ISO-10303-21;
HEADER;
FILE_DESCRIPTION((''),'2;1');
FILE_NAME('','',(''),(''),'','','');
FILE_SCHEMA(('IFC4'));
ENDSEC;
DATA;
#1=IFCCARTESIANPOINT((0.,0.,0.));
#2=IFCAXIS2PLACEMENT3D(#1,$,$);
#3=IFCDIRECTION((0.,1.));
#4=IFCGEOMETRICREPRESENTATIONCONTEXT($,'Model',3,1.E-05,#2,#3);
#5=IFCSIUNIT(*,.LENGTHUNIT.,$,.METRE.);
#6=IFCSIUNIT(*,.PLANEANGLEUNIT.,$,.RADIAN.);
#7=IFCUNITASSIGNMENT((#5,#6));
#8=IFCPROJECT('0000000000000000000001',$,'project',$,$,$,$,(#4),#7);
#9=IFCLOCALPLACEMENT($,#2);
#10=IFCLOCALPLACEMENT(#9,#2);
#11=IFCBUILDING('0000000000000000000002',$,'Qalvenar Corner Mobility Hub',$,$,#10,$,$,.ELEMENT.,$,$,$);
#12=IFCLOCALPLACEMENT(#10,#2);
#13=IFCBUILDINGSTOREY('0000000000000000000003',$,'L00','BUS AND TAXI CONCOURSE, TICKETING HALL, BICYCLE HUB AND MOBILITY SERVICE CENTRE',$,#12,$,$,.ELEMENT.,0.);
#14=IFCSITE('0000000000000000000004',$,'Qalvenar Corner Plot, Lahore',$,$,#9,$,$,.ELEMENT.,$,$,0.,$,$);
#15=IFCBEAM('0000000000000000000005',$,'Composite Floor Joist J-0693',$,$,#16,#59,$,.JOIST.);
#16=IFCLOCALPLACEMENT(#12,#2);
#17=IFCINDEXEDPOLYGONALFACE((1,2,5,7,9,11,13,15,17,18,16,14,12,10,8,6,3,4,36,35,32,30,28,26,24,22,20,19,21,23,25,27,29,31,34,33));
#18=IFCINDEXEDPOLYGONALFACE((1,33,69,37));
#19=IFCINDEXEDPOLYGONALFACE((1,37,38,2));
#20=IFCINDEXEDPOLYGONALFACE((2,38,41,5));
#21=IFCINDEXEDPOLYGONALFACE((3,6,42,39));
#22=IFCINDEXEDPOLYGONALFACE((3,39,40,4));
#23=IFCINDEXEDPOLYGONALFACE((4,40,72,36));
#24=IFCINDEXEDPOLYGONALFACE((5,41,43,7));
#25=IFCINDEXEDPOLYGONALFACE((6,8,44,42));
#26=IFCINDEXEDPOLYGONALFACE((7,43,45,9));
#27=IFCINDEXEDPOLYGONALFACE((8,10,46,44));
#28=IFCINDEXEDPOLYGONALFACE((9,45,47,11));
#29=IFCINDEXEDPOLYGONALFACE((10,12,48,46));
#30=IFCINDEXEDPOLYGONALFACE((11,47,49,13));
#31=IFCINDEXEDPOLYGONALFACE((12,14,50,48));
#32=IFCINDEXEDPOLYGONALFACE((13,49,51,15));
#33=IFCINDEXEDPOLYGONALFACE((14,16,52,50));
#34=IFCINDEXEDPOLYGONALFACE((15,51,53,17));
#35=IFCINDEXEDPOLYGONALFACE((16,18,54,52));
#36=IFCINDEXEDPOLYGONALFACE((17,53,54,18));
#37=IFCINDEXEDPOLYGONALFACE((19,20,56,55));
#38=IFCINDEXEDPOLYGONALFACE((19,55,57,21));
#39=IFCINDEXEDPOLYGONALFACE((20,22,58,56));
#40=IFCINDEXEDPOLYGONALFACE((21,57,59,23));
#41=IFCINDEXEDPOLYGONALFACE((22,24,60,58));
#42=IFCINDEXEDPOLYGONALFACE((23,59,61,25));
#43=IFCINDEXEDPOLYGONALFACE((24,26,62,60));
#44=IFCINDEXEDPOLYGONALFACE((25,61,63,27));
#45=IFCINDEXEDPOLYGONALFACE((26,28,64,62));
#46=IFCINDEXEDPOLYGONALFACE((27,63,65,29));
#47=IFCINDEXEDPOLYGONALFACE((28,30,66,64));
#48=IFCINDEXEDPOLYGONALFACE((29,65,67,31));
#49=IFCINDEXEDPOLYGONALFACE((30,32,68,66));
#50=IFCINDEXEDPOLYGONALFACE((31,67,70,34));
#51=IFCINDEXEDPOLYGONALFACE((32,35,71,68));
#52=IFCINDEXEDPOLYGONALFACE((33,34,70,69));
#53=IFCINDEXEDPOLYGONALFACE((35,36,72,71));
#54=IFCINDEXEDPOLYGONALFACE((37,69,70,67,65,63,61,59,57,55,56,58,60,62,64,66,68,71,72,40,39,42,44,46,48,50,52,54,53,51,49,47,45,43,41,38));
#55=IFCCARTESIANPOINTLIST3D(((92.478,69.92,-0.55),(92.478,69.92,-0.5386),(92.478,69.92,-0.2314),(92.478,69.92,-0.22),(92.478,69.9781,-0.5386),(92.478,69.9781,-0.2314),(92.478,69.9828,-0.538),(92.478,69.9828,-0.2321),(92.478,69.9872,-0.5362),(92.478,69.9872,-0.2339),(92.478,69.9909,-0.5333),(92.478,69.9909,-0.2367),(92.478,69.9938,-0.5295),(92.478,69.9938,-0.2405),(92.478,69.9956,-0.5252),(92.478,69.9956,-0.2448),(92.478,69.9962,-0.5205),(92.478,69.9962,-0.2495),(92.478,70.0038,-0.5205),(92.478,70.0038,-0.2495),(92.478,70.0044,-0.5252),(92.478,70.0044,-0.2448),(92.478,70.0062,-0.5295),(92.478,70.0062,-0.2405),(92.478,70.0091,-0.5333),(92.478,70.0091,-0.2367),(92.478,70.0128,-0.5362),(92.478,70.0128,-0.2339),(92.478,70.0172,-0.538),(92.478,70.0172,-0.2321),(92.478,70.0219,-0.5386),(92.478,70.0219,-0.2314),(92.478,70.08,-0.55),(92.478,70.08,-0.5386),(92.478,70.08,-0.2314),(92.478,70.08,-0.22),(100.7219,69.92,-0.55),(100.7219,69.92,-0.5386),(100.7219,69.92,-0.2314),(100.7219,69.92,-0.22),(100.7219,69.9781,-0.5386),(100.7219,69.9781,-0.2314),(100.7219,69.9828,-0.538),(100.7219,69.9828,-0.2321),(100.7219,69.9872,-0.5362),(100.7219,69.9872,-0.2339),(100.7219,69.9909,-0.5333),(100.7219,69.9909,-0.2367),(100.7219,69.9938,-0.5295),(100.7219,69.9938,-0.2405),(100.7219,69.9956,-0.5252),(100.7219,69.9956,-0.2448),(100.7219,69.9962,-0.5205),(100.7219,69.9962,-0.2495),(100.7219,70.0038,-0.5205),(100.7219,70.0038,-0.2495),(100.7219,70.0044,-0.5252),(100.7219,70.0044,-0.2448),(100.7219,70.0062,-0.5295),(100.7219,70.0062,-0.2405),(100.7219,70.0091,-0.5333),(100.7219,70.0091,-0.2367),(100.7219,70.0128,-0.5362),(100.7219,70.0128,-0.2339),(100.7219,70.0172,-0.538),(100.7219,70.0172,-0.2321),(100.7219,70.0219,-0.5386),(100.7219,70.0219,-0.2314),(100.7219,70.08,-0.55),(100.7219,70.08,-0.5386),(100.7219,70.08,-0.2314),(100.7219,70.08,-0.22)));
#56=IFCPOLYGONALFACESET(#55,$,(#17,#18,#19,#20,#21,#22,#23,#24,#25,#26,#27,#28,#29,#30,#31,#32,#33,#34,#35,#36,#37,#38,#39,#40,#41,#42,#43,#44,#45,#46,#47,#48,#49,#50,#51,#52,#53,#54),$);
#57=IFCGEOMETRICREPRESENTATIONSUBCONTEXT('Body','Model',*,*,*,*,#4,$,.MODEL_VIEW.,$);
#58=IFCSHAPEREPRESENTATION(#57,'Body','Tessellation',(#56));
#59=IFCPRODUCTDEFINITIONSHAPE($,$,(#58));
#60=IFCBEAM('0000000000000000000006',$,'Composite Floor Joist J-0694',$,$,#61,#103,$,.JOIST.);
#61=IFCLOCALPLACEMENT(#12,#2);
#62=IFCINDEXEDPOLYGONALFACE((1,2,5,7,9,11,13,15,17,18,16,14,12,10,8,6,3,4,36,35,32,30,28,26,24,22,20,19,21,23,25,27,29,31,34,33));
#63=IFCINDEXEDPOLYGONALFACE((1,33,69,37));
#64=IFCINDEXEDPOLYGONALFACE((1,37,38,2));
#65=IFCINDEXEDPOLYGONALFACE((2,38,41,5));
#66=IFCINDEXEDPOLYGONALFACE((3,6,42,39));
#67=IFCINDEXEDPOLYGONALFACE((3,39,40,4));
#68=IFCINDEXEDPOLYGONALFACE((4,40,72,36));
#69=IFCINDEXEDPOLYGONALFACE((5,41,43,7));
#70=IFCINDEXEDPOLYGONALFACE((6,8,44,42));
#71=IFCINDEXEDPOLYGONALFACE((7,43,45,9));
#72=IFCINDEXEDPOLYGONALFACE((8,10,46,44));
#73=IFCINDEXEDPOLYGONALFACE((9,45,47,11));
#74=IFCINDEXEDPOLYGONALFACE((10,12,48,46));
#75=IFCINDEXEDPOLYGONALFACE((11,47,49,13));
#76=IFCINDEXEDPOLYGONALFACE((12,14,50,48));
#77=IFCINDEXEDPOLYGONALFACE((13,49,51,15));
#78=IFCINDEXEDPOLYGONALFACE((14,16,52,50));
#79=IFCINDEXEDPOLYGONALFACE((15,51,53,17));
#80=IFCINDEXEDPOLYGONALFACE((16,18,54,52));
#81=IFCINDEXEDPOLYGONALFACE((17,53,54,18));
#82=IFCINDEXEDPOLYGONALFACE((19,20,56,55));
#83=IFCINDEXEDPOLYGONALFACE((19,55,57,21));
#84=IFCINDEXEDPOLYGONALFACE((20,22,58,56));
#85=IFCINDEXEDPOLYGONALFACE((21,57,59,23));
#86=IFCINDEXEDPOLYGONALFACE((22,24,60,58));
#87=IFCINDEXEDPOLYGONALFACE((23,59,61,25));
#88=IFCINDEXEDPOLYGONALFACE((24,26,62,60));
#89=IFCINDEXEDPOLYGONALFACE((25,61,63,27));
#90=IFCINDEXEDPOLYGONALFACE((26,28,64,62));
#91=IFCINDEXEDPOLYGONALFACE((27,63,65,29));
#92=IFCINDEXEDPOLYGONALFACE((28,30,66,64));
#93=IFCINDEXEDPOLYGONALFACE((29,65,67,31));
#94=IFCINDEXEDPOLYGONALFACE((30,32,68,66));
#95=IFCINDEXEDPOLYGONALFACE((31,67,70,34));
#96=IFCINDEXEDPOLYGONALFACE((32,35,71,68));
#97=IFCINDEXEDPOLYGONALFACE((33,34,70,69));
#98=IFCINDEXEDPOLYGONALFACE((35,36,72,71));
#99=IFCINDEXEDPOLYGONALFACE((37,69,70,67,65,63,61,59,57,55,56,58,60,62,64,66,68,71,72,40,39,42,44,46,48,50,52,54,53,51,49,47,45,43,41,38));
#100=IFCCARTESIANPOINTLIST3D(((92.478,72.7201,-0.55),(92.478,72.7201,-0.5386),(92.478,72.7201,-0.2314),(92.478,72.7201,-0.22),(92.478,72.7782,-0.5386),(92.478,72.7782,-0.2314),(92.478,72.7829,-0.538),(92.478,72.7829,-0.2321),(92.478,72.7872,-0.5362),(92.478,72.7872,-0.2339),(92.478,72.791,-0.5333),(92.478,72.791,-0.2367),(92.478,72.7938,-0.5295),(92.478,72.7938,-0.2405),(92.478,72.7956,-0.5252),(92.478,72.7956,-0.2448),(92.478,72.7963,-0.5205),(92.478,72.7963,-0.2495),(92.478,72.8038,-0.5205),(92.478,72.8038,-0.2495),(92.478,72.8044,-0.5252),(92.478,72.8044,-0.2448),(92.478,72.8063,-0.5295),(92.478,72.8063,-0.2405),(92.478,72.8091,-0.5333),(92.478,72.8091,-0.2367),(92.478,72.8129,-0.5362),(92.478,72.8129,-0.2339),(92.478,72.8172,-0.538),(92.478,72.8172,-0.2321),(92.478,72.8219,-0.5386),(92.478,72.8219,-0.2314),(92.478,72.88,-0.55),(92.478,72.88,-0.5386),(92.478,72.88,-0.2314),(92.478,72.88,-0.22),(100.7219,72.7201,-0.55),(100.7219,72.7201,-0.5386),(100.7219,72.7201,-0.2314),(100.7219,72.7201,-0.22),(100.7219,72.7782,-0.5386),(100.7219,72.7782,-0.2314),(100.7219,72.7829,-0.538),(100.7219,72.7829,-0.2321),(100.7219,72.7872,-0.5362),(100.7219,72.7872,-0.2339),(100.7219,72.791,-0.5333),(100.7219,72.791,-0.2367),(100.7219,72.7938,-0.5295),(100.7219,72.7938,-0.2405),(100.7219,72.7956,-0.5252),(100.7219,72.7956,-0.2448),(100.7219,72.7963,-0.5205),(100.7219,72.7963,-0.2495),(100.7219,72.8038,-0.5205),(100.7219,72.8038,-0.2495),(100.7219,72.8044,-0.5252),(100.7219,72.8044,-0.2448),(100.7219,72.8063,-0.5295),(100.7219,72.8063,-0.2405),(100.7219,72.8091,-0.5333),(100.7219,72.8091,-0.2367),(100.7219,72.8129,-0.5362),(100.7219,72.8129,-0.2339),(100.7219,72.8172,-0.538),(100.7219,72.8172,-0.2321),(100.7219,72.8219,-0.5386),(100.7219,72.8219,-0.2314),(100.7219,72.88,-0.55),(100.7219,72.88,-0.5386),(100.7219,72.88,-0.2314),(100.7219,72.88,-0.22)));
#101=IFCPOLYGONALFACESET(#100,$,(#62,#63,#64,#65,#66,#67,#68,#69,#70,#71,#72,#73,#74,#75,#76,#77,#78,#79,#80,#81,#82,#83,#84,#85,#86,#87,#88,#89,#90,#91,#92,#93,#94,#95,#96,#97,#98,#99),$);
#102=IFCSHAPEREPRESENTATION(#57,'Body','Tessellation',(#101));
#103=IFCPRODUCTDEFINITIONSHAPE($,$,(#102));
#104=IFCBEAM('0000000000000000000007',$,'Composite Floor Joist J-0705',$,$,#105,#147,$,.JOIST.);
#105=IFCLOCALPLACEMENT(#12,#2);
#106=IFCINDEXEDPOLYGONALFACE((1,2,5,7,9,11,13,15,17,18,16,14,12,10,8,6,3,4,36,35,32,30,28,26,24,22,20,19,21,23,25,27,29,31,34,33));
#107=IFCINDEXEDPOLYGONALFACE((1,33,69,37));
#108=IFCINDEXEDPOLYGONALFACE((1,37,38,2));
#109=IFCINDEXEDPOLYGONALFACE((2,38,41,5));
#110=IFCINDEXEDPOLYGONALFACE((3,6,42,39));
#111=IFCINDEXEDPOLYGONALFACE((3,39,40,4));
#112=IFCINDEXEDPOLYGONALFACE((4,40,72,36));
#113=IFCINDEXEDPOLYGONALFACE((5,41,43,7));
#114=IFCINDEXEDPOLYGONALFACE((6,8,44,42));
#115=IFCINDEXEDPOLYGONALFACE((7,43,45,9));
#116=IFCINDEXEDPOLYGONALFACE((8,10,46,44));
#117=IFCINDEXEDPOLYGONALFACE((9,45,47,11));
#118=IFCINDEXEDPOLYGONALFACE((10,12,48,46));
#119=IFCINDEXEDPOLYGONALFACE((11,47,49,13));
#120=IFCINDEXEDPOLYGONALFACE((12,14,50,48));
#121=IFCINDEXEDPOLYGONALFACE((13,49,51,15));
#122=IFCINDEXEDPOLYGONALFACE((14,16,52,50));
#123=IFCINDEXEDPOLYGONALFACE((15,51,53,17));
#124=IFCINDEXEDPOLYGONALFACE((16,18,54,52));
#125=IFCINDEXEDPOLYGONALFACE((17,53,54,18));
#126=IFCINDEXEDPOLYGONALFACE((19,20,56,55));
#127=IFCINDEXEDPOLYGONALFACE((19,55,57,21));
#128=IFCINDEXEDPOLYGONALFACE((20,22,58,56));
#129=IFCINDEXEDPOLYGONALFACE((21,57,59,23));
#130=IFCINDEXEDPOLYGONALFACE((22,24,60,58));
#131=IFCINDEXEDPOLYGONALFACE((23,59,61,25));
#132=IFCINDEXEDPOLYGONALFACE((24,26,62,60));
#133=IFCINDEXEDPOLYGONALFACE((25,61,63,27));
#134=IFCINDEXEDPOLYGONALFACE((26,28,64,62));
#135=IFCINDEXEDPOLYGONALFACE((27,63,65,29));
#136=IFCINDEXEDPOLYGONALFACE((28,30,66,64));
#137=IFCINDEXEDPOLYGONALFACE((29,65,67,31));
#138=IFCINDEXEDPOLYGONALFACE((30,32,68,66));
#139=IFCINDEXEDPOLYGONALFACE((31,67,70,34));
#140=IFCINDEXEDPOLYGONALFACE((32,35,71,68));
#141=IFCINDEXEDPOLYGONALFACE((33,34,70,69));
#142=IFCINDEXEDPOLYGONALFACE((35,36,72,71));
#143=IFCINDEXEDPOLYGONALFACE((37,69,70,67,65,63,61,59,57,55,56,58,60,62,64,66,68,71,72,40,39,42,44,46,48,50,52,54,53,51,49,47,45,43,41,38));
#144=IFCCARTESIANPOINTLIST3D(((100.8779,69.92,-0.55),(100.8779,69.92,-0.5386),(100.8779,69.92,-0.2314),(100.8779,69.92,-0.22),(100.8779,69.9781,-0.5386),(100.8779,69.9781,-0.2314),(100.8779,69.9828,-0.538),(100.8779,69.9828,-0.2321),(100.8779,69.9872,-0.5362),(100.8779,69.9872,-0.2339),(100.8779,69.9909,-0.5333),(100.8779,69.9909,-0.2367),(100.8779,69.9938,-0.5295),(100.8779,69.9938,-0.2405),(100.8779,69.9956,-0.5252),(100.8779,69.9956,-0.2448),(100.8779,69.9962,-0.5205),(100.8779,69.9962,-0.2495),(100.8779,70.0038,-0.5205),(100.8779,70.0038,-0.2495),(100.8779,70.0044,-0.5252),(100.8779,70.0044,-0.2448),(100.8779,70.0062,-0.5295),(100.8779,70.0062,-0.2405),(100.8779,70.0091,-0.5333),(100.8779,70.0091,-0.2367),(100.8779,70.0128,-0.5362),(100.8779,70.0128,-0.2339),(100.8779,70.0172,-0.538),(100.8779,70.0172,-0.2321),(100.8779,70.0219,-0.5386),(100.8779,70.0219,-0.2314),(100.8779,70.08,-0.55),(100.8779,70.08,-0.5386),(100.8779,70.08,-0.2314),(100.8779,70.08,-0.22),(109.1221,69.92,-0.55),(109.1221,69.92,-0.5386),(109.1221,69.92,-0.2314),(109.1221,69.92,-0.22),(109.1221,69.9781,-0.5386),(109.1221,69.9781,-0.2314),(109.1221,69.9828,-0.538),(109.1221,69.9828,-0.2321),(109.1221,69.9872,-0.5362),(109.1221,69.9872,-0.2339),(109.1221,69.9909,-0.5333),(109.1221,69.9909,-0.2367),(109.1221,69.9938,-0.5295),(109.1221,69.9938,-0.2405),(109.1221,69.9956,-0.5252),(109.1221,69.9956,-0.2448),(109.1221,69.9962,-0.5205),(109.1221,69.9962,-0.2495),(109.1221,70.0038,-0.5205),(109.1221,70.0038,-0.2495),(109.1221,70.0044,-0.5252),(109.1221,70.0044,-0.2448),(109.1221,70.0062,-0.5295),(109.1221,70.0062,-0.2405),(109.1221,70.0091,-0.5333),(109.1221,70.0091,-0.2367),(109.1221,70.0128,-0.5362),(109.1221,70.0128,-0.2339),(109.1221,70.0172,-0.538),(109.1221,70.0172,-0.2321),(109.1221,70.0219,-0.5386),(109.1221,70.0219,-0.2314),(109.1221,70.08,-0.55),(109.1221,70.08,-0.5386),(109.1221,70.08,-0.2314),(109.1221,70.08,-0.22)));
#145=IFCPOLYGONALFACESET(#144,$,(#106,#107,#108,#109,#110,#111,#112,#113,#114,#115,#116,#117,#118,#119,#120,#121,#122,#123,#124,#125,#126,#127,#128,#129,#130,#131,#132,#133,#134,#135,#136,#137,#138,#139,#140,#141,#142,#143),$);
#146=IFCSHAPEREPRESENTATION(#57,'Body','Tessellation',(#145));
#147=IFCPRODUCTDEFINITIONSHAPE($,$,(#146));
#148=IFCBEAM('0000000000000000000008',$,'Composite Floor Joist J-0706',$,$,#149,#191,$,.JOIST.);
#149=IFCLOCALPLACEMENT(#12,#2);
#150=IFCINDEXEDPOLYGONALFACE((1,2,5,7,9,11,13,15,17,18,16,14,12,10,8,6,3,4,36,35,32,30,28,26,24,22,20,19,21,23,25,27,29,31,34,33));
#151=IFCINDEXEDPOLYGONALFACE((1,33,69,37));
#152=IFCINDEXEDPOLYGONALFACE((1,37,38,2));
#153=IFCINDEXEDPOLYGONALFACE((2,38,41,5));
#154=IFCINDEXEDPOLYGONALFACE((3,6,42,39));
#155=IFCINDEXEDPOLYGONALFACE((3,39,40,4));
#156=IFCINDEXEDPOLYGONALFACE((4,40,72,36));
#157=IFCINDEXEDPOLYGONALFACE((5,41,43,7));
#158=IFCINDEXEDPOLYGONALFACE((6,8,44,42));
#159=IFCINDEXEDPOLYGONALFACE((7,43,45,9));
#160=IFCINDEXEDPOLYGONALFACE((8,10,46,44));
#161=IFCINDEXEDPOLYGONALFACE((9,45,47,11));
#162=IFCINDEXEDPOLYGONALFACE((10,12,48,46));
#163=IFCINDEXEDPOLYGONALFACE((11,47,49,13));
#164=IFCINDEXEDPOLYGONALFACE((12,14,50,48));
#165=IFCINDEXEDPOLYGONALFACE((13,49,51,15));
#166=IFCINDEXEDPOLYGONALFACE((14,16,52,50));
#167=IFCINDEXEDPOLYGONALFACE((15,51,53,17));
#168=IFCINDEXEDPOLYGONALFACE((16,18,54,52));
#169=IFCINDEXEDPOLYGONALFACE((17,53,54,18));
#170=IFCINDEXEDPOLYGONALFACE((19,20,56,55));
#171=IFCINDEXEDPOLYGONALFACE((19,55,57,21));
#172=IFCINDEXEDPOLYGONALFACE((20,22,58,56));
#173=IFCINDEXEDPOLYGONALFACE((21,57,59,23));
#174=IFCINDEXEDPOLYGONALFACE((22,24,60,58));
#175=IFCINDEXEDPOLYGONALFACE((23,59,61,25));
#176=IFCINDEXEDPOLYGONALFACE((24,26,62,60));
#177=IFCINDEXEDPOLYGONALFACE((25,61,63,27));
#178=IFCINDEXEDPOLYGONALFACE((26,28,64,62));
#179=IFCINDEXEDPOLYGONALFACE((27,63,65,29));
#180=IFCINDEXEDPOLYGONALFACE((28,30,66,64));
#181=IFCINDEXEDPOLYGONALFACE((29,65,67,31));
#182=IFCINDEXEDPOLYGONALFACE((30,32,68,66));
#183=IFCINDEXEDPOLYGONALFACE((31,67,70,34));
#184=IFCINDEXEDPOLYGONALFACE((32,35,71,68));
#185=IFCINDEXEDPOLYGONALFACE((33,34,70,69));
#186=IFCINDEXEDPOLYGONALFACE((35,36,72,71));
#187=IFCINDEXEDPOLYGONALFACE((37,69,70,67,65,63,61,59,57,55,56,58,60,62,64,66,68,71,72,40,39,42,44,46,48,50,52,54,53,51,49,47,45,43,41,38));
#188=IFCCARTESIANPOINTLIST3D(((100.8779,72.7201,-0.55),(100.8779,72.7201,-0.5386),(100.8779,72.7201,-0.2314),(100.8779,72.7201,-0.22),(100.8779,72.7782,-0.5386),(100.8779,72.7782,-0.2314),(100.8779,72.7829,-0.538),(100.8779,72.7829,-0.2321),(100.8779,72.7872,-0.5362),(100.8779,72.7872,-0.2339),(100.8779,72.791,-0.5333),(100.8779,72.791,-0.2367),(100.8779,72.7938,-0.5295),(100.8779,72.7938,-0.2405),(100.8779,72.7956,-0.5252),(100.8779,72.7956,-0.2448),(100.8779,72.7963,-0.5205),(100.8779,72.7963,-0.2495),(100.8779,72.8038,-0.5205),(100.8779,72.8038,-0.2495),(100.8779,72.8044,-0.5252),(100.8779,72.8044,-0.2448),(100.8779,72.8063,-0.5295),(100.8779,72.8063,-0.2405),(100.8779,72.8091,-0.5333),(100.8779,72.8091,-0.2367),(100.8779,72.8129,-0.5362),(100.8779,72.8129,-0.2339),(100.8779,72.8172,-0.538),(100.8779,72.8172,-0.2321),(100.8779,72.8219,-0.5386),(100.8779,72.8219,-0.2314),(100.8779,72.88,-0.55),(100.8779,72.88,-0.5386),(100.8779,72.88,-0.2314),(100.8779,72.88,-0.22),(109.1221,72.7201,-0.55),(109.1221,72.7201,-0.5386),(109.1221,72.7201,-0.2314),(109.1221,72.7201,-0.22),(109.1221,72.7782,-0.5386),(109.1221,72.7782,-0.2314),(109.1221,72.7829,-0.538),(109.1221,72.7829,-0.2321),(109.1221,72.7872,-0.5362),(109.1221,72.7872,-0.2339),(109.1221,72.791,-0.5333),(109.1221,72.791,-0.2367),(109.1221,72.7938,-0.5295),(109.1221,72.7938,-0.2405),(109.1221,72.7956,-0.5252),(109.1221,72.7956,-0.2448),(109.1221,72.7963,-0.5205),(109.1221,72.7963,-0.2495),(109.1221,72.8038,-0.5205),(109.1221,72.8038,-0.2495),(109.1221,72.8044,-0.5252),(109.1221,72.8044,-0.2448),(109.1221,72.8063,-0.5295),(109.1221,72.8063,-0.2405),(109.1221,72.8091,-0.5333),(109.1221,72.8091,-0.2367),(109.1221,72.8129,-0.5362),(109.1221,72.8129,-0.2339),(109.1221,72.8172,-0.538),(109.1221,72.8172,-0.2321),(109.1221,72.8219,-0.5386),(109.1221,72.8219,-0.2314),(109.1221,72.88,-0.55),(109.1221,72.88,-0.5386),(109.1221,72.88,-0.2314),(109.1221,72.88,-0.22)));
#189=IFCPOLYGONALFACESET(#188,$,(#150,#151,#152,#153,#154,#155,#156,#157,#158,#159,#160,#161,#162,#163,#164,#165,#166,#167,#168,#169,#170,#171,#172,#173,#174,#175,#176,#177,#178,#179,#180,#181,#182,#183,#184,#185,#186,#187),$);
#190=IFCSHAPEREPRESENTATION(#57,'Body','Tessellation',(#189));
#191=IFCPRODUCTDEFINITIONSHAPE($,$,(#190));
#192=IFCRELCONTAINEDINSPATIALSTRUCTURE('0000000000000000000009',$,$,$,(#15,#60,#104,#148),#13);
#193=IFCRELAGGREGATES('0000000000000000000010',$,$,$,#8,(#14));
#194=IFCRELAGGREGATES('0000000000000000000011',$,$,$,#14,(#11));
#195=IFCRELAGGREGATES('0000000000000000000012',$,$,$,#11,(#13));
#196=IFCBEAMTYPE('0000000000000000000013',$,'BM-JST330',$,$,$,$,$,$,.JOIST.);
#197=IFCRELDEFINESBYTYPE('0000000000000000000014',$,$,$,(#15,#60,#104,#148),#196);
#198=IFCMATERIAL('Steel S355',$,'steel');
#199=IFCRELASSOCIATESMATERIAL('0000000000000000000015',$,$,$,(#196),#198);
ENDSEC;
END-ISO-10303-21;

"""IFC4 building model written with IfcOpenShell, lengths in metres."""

from ifc_helpers import new_model, si_unit, direction, frame, origin, origin_2d, place, context, subcontext, project, spatial, i_section, extrude, material, material_profile, profile_set, type_object, element, save


model = new_model("IFC4")

# Units and contexts
model_context = context("Model", 3, precision=1e-05, world=origin(), true_north=direction((0.0, 1.0)))
body_context = subcontext(model_context, "Body", "Model", "MODEL_VIEW")
ifc_project = project(units=[si_unit("LENGTHUNIT", "METRE"), si_unit("PLANEANGLEUNIT", "RADIAN")], contexts=[model_context])

# Site, building, storey
site_placement = place(None, origin())
site = spatial("IfcSite", under=ifc_project, at=site_placement, Name="Qalvenar Corner Plot, Lahore", CompositionType="ELEMENT", RefElevation=0.0)
building_placement = place(site_placement, origin())
building = spatial("IfcBuilding", under=site, at=building_placement, Name="Qalvenar Corner Mobility Hub", CompositionType="ELEMENT")
storey_placement = place(building_placement, origin())
storey = spatial("IfcBuildingStorey", under=building, at=storey_placement, Name="L00", Description="BUS AND TAXI CONCOURSE, TICKETING HALL, BICYCLE HUB AND MOBILITY SERVICE CENTRE", CompositionType="ELEMENT", Elevation=0.0)

# Shared definitions
ifc_material_1 = material(Name="Steel S355", Category="steel")

# Beams
ifc_material_profile_1 = material_profile(ifc_material_1, i_section(OverallWidth=0.1599, OverallDepth=0.3301, WebThickness=0.0076, FlangeThickness=0.0115, FilletRadius=0.0181, at=origin_2d()), Name="IPE330")
ifc_profile_set_1 = profile_set([ifc_material_profile_1], Name="Steel S355")
beam_type_1 = type_object("IfcBeamType", Name="BM-JST330", PredefinedType="JOIST", material=ifc_profile_set_1)
for number, where, z_axis, x_axis, name in (
    (1, (92.478, 70.0, -0.385), (1.0, 0.0, 0.0), (0.0, 1.0, 0.0), "Composite Floor Joist J-0693"),
    (2, (92.478, 72.8, -0.385), (1.0, 0.0, 0.0), (0.0, 1.0, 0.0), "Composite Floor Joist J-0694"),
):
    element("IfcBeam", number, at=place(storey_placement, frame(where, z_axis=z_axis, x_axis=x_axis)), inside=storey, type_object=beam_type_1, Name=name, PredefinedType="JOIST", context=body_context, shape_type="SweptSolid", body=[
        extrude(i_section(OverallWidth=0.1599, OverallDepth=0.3301, WebThickness=0.0076, FlangeThickness=0.0115, FilletRadius=0.0181, at=origin_2d()), origin(), (0.0, 0.0, 1.0), 8.2439),
    ])
for number, where, z_axis, x_axis, name in (
    (3, (100.8779, 70.0, -0.385), (1.0, 0.0, 0.0), (0.0, 1.0, 0.0), "Composite Floor Joist J-0705"),
    (4, (100.8779, 72.8, -0.385), (1.0, 0.0, 0.0), (0.0, 1.0, 0.0), "Composite Floor Joist J-0706"),
):
    element("IfcBeam", number, at=place(storey_placement, frame(where, z_axis=z_axis, x_axis=x_axis)), inside=storey, type_object=beam_type_1, Name=name, PredefinedType="JOIST", context=body_context, shape_type="SweptSolid", body=[
        extrude(i_section(OverallWidth=0.1599, OverallDepth=0.3301, WebThickness=0.0076, FlangeThickness=0.0115, FilletRadius=0.0181, at=origin_2d()), origin(), (0.0, 0.0, 1.0), 8.2441),
    ])

save(model, "model.ifc")
